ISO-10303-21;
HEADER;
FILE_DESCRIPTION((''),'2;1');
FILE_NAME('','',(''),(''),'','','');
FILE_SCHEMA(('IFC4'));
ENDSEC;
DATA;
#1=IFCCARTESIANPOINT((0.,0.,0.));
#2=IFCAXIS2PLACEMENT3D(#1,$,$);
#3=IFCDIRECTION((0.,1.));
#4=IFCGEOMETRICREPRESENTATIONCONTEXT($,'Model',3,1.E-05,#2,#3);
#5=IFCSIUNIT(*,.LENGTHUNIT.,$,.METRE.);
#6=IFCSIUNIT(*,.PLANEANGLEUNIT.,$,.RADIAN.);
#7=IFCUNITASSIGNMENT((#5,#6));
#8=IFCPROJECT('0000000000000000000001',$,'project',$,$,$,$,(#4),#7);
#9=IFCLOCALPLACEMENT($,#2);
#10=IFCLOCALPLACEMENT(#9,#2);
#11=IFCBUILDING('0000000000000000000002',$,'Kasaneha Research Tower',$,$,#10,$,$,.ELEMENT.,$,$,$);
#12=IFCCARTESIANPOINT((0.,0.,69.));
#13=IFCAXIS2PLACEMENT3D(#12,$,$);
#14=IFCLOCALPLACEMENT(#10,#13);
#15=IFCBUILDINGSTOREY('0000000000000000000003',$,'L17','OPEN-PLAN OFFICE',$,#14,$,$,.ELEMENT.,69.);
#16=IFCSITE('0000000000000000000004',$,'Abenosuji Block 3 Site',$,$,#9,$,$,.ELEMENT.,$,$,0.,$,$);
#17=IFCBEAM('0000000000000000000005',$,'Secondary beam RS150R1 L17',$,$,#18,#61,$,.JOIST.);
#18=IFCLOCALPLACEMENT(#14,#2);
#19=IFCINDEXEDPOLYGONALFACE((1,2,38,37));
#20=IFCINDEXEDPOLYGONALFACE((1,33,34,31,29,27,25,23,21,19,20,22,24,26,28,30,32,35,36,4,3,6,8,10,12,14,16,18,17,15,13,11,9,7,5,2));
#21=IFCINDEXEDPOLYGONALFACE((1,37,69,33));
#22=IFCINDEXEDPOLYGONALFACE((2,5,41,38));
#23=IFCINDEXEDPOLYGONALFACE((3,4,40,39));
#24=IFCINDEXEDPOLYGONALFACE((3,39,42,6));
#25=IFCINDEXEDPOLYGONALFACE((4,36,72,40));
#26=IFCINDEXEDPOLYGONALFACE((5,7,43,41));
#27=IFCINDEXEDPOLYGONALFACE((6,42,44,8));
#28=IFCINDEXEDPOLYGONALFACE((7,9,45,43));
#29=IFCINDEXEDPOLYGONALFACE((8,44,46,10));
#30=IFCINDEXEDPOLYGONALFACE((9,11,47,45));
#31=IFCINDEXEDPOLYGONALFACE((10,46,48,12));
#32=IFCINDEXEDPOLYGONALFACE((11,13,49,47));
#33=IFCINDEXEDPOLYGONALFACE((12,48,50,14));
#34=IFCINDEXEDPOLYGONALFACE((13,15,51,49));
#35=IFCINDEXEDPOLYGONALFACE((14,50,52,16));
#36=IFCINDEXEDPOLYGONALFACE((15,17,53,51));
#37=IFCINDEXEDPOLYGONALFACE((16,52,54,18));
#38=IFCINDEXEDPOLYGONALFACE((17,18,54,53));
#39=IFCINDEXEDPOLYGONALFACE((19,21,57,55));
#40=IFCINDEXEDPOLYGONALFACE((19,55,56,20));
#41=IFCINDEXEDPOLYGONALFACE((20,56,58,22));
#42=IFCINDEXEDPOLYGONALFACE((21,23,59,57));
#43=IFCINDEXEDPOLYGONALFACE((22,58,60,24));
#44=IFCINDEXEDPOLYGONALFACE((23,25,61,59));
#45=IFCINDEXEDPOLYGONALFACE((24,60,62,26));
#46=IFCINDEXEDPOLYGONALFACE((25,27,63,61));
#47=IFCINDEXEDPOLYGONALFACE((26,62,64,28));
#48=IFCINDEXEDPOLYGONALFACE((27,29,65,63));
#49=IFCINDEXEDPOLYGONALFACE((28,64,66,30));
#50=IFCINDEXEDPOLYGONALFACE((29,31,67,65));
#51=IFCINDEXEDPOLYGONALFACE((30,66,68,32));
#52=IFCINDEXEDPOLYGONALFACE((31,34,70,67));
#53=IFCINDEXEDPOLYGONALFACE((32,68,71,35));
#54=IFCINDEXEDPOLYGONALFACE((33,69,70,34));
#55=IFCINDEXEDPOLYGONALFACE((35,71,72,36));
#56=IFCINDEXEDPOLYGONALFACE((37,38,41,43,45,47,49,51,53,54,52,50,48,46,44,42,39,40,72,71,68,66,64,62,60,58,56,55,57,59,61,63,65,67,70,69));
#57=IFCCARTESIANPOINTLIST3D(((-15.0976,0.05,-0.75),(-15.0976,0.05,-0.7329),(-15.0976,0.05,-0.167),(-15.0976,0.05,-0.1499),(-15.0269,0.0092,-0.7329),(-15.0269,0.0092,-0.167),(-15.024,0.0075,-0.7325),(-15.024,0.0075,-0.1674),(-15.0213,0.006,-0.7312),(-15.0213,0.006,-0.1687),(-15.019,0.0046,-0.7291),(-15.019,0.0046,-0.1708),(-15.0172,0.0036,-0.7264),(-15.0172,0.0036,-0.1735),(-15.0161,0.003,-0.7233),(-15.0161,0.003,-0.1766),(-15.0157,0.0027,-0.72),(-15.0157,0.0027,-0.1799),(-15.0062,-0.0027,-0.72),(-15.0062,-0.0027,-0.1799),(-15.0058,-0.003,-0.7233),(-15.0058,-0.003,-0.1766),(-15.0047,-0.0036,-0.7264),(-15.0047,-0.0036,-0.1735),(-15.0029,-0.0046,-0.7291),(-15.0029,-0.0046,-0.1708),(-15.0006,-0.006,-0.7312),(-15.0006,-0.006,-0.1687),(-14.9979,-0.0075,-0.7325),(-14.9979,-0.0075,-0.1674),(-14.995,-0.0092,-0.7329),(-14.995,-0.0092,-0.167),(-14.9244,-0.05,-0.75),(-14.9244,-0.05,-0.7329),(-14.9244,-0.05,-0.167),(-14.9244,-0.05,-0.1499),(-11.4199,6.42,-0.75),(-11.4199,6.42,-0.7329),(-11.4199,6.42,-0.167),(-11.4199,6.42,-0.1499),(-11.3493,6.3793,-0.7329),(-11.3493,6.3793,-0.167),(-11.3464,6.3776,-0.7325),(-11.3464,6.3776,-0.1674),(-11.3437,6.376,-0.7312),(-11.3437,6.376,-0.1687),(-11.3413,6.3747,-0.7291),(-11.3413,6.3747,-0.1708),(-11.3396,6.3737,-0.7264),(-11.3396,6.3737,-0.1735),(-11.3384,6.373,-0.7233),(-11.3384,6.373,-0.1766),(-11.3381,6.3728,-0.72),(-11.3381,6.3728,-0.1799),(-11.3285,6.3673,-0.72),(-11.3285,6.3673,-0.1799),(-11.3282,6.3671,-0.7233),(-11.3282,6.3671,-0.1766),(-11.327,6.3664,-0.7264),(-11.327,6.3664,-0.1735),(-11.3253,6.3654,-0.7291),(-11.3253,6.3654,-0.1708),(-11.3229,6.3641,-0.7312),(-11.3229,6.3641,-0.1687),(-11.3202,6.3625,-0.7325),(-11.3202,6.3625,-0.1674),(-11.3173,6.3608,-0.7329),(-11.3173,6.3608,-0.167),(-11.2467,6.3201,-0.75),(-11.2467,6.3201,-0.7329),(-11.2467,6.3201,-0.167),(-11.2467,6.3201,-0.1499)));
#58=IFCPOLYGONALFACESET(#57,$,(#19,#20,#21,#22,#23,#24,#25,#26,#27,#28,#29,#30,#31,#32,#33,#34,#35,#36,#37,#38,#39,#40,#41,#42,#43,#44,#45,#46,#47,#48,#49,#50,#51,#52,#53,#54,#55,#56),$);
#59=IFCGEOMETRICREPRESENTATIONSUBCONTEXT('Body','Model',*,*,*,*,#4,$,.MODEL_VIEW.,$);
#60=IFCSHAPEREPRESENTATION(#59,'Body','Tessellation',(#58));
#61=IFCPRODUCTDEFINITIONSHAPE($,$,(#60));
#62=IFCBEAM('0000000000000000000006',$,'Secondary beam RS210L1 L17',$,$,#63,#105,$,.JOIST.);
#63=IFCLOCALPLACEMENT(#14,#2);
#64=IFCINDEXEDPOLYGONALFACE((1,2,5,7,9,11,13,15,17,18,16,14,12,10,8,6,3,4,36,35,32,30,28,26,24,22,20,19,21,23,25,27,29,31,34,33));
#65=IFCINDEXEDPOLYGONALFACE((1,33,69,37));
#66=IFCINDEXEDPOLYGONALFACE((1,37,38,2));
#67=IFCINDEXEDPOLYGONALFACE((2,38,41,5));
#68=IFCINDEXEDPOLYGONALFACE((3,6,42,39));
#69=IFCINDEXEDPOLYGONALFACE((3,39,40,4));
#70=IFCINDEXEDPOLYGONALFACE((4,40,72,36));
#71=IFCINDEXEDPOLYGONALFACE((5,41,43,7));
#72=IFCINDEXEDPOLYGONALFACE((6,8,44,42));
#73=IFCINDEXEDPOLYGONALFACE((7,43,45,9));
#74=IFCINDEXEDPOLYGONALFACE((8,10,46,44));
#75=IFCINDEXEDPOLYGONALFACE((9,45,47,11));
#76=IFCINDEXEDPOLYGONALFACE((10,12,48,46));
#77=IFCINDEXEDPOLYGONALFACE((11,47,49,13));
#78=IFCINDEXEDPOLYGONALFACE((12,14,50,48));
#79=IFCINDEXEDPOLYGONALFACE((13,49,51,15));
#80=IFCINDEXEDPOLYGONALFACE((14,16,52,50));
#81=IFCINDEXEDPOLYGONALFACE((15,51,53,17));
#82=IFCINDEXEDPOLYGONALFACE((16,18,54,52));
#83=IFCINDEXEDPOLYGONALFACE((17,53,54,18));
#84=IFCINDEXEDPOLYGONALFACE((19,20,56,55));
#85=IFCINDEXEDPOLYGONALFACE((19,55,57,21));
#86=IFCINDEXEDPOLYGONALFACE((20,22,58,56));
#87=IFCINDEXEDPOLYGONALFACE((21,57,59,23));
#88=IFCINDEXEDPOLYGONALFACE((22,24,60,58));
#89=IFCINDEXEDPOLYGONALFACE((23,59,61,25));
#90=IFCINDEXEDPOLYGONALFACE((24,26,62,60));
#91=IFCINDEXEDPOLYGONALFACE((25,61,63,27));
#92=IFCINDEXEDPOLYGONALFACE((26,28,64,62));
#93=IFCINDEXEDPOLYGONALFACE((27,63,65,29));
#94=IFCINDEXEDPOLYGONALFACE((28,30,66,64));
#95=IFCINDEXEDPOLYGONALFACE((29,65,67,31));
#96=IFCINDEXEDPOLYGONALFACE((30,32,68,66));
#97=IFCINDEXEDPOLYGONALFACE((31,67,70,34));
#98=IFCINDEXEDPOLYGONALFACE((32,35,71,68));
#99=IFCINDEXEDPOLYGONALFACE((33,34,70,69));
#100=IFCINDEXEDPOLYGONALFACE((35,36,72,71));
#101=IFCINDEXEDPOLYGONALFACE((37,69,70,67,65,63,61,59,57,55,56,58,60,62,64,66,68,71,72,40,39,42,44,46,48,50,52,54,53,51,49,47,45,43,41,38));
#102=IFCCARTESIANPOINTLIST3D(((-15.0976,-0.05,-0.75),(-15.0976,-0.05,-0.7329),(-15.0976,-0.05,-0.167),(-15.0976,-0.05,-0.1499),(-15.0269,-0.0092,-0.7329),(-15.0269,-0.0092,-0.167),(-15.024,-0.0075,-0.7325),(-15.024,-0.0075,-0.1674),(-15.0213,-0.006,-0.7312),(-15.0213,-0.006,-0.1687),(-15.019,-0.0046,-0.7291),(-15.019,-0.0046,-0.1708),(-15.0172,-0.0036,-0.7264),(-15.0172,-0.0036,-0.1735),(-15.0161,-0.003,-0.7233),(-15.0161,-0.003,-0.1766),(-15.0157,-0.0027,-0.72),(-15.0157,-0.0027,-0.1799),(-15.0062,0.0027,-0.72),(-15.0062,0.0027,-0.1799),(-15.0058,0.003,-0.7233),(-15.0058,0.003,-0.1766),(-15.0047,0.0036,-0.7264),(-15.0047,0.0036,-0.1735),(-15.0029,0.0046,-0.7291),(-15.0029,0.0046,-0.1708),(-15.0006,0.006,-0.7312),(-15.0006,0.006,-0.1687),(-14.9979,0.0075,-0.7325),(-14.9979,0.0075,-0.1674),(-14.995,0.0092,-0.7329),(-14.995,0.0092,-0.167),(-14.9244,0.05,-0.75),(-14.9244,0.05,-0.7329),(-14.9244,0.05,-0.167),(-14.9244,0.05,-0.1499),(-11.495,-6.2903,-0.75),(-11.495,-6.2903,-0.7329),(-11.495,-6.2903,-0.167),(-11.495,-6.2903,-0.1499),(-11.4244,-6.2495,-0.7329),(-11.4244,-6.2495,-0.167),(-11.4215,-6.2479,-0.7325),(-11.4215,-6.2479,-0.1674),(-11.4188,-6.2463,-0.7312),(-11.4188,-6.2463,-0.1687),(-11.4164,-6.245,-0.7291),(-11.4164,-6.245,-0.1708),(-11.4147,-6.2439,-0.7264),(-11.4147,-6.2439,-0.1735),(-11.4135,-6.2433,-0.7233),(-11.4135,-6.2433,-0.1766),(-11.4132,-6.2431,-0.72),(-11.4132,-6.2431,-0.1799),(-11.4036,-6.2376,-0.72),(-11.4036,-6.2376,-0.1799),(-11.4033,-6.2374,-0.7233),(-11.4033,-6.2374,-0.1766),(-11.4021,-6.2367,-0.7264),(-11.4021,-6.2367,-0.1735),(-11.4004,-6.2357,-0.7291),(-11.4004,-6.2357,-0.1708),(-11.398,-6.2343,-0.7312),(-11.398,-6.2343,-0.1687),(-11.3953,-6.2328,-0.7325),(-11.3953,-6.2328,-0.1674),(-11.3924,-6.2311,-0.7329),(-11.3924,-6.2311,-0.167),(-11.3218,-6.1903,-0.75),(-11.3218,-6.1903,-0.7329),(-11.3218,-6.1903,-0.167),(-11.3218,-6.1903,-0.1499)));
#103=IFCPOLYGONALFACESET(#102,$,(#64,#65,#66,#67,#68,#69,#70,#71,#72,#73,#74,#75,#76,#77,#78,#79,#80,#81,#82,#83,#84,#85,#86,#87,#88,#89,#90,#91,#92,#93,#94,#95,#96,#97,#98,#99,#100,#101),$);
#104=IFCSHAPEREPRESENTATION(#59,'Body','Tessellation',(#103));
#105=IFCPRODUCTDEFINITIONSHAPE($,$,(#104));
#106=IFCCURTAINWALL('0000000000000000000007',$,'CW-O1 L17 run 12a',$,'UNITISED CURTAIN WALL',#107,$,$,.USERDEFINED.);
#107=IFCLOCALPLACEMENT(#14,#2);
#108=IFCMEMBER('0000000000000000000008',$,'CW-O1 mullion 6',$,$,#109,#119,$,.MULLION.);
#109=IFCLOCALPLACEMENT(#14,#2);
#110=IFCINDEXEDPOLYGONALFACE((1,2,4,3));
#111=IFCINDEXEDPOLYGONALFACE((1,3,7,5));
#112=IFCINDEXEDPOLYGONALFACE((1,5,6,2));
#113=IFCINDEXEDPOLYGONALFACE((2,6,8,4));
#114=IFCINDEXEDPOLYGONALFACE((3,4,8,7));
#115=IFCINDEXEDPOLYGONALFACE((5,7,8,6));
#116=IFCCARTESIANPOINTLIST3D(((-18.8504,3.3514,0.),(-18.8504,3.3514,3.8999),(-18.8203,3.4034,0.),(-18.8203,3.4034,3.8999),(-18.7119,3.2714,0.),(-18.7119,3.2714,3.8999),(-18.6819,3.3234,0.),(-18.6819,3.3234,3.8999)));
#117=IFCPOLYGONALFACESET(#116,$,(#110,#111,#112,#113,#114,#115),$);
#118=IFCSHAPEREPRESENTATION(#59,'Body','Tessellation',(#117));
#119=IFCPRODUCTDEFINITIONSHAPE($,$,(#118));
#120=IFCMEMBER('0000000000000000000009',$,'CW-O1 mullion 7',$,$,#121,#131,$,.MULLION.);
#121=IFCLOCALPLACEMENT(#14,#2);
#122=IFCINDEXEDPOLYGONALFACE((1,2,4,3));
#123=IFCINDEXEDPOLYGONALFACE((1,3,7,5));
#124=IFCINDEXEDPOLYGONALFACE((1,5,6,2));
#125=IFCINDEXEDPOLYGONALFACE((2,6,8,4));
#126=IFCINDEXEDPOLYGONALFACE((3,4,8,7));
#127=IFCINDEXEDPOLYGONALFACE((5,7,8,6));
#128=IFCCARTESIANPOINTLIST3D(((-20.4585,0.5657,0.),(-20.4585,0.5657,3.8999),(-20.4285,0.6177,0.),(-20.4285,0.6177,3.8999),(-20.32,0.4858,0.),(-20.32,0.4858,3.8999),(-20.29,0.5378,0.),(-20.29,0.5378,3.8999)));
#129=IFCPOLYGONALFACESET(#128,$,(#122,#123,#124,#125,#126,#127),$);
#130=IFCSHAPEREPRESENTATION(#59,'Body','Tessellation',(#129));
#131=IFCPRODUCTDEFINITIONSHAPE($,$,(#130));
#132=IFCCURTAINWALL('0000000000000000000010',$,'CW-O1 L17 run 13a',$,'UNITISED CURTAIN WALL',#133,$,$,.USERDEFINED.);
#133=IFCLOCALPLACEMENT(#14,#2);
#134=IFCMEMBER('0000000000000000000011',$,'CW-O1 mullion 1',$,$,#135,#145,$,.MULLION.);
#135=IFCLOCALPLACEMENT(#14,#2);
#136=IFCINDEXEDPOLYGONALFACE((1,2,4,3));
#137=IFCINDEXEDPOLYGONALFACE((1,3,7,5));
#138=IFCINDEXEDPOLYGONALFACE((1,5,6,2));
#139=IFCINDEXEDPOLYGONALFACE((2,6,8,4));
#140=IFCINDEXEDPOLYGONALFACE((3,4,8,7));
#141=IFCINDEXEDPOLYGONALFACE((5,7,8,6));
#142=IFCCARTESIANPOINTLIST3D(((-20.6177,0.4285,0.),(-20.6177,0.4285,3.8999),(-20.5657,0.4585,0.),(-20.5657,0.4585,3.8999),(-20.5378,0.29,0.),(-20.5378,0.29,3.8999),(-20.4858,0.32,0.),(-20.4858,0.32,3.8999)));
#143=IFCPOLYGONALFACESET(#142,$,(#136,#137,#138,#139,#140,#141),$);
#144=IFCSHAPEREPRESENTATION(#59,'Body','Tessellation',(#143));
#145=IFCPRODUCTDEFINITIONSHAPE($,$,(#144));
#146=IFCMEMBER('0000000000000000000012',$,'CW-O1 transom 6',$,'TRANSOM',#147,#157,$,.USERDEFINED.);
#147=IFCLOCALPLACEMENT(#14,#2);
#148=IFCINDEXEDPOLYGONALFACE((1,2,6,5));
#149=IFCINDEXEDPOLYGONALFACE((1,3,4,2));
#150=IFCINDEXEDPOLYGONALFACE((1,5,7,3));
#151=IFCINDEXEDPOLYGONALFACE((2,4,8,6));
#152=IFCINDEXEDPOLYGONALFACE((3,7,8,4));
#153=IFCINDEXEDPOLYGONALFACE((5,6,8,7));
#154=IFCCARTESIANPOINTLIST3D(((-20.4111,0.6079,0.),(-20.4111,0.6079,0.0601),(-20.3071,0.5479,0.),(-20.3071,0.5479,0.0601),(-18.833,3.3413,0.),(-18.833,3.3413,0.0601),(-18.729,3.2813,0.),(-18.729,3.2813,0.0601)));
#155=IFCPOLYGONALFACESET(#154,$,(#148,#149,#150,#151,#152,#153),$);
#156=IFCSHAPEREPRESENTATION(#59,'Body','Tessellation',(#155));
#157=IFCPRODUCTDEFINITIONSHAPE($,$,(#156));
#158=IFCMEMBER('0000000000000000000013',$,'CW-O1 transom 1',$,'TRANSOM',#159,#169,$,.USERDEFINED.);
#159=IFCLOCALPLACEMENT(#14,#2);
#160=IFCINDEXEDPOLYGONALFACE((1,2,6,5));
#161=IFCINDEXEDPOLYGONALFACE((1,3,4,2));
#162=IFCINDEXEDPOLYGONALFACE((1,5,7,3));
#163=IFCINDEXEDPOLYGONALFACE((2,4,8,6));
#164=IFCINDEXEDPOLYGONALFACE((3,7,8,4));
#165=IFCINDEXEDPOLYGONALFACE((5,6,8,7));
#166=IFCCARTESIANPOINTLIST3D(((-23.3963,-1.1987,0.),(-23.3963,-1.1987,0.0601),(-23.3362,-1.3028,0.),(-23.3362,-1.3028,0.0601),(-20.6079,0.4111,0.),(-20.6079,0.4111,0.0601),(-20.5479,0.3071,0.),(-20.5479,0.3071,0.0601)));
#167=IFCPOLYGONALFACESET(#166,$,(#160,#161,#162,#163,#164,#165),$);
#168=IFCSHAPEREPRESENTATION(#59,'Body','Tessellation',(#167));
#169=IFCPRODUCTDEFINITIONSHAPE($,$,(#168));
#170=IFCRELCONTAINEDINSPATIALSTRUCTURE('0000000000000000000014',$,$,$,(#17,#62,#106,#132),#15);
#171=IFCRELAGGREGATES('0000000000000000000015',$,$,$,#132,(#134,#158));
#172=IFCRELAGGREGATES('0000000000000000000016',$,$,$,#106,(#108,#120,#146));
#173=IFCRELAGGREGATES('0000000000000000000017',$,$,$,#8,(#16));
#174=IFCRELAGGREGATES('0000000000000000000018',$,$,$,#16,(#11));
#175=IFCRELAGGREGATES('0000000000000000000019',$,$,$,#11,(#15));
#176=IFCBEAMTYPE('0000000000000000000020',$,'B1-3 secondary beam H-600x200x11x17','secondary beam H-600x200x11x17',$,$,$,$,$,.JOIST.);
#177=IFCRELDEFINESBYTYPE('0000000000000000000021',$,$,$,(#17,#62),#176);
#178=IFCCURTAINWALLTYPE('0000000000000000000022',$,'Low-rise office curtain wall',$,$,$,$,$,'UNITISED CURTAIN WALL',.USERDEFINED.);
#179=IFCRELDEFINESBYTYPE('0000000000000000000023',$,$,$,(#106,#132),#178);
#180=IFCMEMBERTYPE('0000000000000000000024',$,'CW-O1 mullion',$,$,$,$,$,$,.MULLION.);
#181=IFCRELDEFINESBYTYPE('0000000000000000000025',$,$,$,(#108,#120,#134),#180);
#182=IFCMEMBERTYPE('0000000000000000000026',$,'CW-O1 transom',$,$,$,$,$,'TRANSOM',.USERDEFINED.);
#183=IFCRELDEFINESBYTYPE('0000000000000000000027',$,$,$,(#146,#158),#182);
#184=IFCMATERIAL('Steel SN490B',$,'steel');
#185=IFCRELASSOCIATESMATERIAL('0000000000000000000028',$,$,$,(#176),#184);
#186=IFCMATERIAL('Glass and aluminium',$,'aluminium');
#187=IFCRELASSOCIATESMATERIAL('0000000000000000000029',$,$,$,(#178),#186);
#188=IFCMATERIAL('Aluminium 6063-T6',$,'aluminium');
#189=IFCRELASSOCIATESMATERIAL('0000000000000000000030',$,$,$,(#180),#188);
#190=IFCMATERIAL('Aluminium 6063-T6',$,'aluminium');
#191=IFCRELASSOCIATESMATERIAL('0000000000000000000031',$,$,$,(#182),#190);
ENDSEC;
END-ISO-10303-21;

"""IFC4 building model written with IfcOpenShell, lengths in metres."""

from ifc_helpers import new_model, si_unit, direction, frame, origin, origin_2d, place, context, subcontext, project, spatial, rectangle, i_section, extrude, material, material_profile, profile_set, type_object, element, aggregate, save


model = new_model("IFC4")

# Units and contexts
model_context = context("Model", 3, precision=1e-05, world=origin(), true_north=direction((0.0, 1.0)))
body_context = subcontext(model_context, "Body", "Model", "MODEL_VIEW")
ifc_project = project(units=[si_unit("LENGTHUNIT", "METRE"), si_unit("PLANEANGLEUNIT", "RADIAN")], contexts=[model_context])

# Site, building, storey
site_placement = place(None, origin())
site = spatial("IfcSite", under=ifc_project, at=site_placement, Name="Abenosuji Block 3 Site", CompositionType="ELEMENT", RefElevation=0.0)
building_placement = place(site_placement, origin())
building = spatial("IfcBuilding", under=site, at=building_placement, Name="Kasaneha Research Tower", CompositionType="ELEMENT")
storey_placement = place(building_placement, frame((0.0, 0.0, 69.0)))
storey = spatial("IfcBuildingStorey", under=building, at=storey_placement, Name="L17", Description="OPEN-PLAN OFFICE", CompositionType="ELEMENT", Elevation=69.0)

# Beams
ifc_material_1 = material(Name="Steel SN490B", Category="steel")
ifc_material_profile_1 = material_profile(ifc_material_1, i_section(OverallWidth=0.2, OverallDepth=0.6001, WebThickness=0.011, FlangeThickness=0.0171, FilletRadius=0.0129, at=origin_2d()), Name="H-600x200x11x17")
ifc_profile_set_1 = profile_set([ifc_material_profile_1], Name="Steel SN490B")
beam_type_1 = type_object("IfcBeamType", Name="B1-3 secondary beam H-600x200x11x17", Description="secondary beam H-600x200x11x17", PredefinedType="JOIST", material=ifc_profile_set_1)
beam_1_placement = place(storey_placement, frame((-15.011, 0.0, -0.45), z_axis=(0.499994, 0.866029, 0.0), x_axis=(-0.866029, 0.499994, 0.0)))
element("IfcBeam", 1, at=beam_1_placement, inside=storey, type_object=beam_type_1, Name="Secondary beam RS150R1 L17", PredefinedType="JOIST", context=body_context, shape_type="SweptSolid", body=[
    extrude(i_section(OverallWidth=0.2, OverallDepth=0.6001, WebThickness=0.011, FlangeThickness=0.0171, FilletRadius=0.0129, at=origin_2d()), origin(), (0.0, 0.0, 1.0), 7.3555),
])
beam_2_placement = place(storey_placement, frame((-15.011, 0.0, -0.45), z_axis=(0.499973, -0.866041, 0.0), x_axis=(0.866041, 0.499973, 0.0)))
element("IfcBeam", 2, at=beam_2_placement, inside=storey, type_object=beam_type_1, Name="Secondary beam RS210L1 L17", PredefinedType="JOIST", context=body_context, shape_type="SweptSolid", body=[
    extrude(i_section(OverallWidth=0.2, OverallDepth=0.6001, WebThickness=0.011, FlangeThickness=0.0171, FilletRadius=0.0129, at=origin_2d()), origin(), (0.0, 0.0, 1.0), 7.2056),
])

# Curtain wall, members
ifc_material_2 = material(Name="Glass and aluminium", Category="aluminium")
curtain_wall_type = type_object("IfcCurtainWallType", Name="Low-rise office curtain wall", ElementType="UNITISED CURTAIN WALL", PredefinedType="USERDEFINED", material=ifc_material_2)
curtain_wall_1_placement = place(storey_placement, origin())
curtain_wall_1 = element("IfcCurtainWall", 3, at=curtain_wall_1_placement, inside=storey, type_object=curtain_wall_type, Name="CW-O1 L17 run 12a", ObjectType="UNITISED CURTAIN WALL", PredefinedType="USERDEFINED")
ifc_material_3 = material(Name="Aluminium 6063-T6", Category="aluminium")
ifc_material_profile_2 = material_profile(ifc_material_3, rectangle(XDim=0.0601, YDim=0.1599, at=origin_2d()), Name="CW-O1 mullion 60x160")
ifc_profile_set_2 = profile_set([ifc_material_profile_2], Name="Aluminium 6063-T6")
member_type_1 = type_object("IfcMemberType", Name="CW-O1 mullion", PredefinedType="MULLION", material=ifc_profile_set_2)
member_1_placement = place(storey_placement, frame((-18.7661, 3.3374, 0.0), z_axis=(0.0, 0.0, 1.0), x_axis=(-0.5, -0.866025, 0.0)))
member_1 = element("IfcMember", 4, at=member_1_placement, type_object=member_type_1, Name="CW-O1 mullion 6", PredefinedType="MULLION", context=body_context, shape_type="SweptSolid", body=[
    extrude(rectangle(XDim=0.0601, YDim=0.1599, at=origin_2d()), origin(), (0.0, 0.0, 1.0), 3.8999),
])
member_2_placement = place(storey_placement, frame((-20.3743, 0.5518, 0.0), z_axis=(0.0, 0.0, 1.0), x_axis=(-0.5, -0.866025, 0.0)))
member_2 = element("IfcMember", 5, at=member_2_placement, type_object=member_type_1, Name="CW-O1 mullion 7", PredefinedType="MULLION", context=body_context, shape_type="SweptSolid", body=[
    extrude(rectangle(XDim=0.0601, YDim=0.1599, at=origin_2d()), origin(), (0.0, 0.0, 1.0), 3.8999),
])

# Curtain wall, member
curtain_wall_2_placement = place(storey_placement, origin())
curtain_wall_2 = element("IfcCurtainWall", 6, at=curtain_wall_2_placement, inside=storey, type_object=curtain_wall_type, Name="CW-O1 L17 run 13a", ObjectType="UNITISED CURTAIN WALL", PredefinedType="USERDEFINED")
member_3_placement = place(storey_placement, frame((-20.5518, 0.3743, 0.0), z_axis=(0.0, 0.0, 1.0), x_axis=(-0.866025, -0.5, 0.0)))
member_3 = element("IfcMember", 7, at=member_3_placement, type_object=member_type_1, Name="CW-O1 mullion 1", PredefinedType="MULLION", context=body_context, shape_type="SweptSolid", body=[
    extrude(rectangle(XDim=0.0601, YDim=0.1599, at=origin_2d()), origin(), (0.0, 0.0, 1.0), 3.8999),
])

# Members
ifc_material_4 = material(Name="Aluminium 6063-T6", Category="aluminium")
ifc_material_profile_3 = material_profile(ifc_material_4, rectangle(XDim=0.1201, YDim=0.0601, at=origin_2d()), Name="CW-O1 transom 120x60")
ifc_profile_set_3 = profile_set([ifc_material_profile_3], Name="Aluminium 6063-T6")
member_type_2 = type_object("IfcMemberType", Name="CW-O1 transom", ElementType="TRANSOM", PredefinedType="USERDEFINED", material=ifc_profile_set_3)
member_4_placement = place(storey_placement, frame((-18.781, 3.3113, 0.03), z_axis=(-0.499999, -0.866026, 0.0), x_axis=(0.866026, -0.499999, 0.0)))
member_4 = element("IfcMember", 8, at=member_4_placement, type_object=member_type_2, Name="CW-O1 transom 6", ObjectType="TRANSOM", PredefinedType="USERDEFINED", context=body_context, shape_type="SweptSolid", body=[
    extrude(rectangle(XDim=0.1201, YDim=0.0601, at=origin_2d()), origin(), (0.0, 0.0, 1.0), 3.1562),
])
member_5_placement = place(storey_placement, frame((-20.5779, 0.3591, 0.03), z_axis=(-0.866023, -0.500005, 0.0), x_axis=(0.500005, -0.866023, 0.0)))
member_5 = element("IfcMember", 9, at=member_5_placement, type_object=member_type_2, Name="CW-O1 transom 1", ObjectType="TRANSOM", PredefinedType="USERDEFINED", context=body_context, shape_type="SweptSolid", body=[
    extrude(rectangle(XDim=0.1201, YDim=0.0601, at=origin_2d()), origin(), (0.0, 0.0, 1.0), 3.2197),
])
aggregate(curtain_wall_2, [member_3, member_5])

aggregate(curtain_wall_1, [member_1, member_2, member_4])

save(model, "model.ifc")
